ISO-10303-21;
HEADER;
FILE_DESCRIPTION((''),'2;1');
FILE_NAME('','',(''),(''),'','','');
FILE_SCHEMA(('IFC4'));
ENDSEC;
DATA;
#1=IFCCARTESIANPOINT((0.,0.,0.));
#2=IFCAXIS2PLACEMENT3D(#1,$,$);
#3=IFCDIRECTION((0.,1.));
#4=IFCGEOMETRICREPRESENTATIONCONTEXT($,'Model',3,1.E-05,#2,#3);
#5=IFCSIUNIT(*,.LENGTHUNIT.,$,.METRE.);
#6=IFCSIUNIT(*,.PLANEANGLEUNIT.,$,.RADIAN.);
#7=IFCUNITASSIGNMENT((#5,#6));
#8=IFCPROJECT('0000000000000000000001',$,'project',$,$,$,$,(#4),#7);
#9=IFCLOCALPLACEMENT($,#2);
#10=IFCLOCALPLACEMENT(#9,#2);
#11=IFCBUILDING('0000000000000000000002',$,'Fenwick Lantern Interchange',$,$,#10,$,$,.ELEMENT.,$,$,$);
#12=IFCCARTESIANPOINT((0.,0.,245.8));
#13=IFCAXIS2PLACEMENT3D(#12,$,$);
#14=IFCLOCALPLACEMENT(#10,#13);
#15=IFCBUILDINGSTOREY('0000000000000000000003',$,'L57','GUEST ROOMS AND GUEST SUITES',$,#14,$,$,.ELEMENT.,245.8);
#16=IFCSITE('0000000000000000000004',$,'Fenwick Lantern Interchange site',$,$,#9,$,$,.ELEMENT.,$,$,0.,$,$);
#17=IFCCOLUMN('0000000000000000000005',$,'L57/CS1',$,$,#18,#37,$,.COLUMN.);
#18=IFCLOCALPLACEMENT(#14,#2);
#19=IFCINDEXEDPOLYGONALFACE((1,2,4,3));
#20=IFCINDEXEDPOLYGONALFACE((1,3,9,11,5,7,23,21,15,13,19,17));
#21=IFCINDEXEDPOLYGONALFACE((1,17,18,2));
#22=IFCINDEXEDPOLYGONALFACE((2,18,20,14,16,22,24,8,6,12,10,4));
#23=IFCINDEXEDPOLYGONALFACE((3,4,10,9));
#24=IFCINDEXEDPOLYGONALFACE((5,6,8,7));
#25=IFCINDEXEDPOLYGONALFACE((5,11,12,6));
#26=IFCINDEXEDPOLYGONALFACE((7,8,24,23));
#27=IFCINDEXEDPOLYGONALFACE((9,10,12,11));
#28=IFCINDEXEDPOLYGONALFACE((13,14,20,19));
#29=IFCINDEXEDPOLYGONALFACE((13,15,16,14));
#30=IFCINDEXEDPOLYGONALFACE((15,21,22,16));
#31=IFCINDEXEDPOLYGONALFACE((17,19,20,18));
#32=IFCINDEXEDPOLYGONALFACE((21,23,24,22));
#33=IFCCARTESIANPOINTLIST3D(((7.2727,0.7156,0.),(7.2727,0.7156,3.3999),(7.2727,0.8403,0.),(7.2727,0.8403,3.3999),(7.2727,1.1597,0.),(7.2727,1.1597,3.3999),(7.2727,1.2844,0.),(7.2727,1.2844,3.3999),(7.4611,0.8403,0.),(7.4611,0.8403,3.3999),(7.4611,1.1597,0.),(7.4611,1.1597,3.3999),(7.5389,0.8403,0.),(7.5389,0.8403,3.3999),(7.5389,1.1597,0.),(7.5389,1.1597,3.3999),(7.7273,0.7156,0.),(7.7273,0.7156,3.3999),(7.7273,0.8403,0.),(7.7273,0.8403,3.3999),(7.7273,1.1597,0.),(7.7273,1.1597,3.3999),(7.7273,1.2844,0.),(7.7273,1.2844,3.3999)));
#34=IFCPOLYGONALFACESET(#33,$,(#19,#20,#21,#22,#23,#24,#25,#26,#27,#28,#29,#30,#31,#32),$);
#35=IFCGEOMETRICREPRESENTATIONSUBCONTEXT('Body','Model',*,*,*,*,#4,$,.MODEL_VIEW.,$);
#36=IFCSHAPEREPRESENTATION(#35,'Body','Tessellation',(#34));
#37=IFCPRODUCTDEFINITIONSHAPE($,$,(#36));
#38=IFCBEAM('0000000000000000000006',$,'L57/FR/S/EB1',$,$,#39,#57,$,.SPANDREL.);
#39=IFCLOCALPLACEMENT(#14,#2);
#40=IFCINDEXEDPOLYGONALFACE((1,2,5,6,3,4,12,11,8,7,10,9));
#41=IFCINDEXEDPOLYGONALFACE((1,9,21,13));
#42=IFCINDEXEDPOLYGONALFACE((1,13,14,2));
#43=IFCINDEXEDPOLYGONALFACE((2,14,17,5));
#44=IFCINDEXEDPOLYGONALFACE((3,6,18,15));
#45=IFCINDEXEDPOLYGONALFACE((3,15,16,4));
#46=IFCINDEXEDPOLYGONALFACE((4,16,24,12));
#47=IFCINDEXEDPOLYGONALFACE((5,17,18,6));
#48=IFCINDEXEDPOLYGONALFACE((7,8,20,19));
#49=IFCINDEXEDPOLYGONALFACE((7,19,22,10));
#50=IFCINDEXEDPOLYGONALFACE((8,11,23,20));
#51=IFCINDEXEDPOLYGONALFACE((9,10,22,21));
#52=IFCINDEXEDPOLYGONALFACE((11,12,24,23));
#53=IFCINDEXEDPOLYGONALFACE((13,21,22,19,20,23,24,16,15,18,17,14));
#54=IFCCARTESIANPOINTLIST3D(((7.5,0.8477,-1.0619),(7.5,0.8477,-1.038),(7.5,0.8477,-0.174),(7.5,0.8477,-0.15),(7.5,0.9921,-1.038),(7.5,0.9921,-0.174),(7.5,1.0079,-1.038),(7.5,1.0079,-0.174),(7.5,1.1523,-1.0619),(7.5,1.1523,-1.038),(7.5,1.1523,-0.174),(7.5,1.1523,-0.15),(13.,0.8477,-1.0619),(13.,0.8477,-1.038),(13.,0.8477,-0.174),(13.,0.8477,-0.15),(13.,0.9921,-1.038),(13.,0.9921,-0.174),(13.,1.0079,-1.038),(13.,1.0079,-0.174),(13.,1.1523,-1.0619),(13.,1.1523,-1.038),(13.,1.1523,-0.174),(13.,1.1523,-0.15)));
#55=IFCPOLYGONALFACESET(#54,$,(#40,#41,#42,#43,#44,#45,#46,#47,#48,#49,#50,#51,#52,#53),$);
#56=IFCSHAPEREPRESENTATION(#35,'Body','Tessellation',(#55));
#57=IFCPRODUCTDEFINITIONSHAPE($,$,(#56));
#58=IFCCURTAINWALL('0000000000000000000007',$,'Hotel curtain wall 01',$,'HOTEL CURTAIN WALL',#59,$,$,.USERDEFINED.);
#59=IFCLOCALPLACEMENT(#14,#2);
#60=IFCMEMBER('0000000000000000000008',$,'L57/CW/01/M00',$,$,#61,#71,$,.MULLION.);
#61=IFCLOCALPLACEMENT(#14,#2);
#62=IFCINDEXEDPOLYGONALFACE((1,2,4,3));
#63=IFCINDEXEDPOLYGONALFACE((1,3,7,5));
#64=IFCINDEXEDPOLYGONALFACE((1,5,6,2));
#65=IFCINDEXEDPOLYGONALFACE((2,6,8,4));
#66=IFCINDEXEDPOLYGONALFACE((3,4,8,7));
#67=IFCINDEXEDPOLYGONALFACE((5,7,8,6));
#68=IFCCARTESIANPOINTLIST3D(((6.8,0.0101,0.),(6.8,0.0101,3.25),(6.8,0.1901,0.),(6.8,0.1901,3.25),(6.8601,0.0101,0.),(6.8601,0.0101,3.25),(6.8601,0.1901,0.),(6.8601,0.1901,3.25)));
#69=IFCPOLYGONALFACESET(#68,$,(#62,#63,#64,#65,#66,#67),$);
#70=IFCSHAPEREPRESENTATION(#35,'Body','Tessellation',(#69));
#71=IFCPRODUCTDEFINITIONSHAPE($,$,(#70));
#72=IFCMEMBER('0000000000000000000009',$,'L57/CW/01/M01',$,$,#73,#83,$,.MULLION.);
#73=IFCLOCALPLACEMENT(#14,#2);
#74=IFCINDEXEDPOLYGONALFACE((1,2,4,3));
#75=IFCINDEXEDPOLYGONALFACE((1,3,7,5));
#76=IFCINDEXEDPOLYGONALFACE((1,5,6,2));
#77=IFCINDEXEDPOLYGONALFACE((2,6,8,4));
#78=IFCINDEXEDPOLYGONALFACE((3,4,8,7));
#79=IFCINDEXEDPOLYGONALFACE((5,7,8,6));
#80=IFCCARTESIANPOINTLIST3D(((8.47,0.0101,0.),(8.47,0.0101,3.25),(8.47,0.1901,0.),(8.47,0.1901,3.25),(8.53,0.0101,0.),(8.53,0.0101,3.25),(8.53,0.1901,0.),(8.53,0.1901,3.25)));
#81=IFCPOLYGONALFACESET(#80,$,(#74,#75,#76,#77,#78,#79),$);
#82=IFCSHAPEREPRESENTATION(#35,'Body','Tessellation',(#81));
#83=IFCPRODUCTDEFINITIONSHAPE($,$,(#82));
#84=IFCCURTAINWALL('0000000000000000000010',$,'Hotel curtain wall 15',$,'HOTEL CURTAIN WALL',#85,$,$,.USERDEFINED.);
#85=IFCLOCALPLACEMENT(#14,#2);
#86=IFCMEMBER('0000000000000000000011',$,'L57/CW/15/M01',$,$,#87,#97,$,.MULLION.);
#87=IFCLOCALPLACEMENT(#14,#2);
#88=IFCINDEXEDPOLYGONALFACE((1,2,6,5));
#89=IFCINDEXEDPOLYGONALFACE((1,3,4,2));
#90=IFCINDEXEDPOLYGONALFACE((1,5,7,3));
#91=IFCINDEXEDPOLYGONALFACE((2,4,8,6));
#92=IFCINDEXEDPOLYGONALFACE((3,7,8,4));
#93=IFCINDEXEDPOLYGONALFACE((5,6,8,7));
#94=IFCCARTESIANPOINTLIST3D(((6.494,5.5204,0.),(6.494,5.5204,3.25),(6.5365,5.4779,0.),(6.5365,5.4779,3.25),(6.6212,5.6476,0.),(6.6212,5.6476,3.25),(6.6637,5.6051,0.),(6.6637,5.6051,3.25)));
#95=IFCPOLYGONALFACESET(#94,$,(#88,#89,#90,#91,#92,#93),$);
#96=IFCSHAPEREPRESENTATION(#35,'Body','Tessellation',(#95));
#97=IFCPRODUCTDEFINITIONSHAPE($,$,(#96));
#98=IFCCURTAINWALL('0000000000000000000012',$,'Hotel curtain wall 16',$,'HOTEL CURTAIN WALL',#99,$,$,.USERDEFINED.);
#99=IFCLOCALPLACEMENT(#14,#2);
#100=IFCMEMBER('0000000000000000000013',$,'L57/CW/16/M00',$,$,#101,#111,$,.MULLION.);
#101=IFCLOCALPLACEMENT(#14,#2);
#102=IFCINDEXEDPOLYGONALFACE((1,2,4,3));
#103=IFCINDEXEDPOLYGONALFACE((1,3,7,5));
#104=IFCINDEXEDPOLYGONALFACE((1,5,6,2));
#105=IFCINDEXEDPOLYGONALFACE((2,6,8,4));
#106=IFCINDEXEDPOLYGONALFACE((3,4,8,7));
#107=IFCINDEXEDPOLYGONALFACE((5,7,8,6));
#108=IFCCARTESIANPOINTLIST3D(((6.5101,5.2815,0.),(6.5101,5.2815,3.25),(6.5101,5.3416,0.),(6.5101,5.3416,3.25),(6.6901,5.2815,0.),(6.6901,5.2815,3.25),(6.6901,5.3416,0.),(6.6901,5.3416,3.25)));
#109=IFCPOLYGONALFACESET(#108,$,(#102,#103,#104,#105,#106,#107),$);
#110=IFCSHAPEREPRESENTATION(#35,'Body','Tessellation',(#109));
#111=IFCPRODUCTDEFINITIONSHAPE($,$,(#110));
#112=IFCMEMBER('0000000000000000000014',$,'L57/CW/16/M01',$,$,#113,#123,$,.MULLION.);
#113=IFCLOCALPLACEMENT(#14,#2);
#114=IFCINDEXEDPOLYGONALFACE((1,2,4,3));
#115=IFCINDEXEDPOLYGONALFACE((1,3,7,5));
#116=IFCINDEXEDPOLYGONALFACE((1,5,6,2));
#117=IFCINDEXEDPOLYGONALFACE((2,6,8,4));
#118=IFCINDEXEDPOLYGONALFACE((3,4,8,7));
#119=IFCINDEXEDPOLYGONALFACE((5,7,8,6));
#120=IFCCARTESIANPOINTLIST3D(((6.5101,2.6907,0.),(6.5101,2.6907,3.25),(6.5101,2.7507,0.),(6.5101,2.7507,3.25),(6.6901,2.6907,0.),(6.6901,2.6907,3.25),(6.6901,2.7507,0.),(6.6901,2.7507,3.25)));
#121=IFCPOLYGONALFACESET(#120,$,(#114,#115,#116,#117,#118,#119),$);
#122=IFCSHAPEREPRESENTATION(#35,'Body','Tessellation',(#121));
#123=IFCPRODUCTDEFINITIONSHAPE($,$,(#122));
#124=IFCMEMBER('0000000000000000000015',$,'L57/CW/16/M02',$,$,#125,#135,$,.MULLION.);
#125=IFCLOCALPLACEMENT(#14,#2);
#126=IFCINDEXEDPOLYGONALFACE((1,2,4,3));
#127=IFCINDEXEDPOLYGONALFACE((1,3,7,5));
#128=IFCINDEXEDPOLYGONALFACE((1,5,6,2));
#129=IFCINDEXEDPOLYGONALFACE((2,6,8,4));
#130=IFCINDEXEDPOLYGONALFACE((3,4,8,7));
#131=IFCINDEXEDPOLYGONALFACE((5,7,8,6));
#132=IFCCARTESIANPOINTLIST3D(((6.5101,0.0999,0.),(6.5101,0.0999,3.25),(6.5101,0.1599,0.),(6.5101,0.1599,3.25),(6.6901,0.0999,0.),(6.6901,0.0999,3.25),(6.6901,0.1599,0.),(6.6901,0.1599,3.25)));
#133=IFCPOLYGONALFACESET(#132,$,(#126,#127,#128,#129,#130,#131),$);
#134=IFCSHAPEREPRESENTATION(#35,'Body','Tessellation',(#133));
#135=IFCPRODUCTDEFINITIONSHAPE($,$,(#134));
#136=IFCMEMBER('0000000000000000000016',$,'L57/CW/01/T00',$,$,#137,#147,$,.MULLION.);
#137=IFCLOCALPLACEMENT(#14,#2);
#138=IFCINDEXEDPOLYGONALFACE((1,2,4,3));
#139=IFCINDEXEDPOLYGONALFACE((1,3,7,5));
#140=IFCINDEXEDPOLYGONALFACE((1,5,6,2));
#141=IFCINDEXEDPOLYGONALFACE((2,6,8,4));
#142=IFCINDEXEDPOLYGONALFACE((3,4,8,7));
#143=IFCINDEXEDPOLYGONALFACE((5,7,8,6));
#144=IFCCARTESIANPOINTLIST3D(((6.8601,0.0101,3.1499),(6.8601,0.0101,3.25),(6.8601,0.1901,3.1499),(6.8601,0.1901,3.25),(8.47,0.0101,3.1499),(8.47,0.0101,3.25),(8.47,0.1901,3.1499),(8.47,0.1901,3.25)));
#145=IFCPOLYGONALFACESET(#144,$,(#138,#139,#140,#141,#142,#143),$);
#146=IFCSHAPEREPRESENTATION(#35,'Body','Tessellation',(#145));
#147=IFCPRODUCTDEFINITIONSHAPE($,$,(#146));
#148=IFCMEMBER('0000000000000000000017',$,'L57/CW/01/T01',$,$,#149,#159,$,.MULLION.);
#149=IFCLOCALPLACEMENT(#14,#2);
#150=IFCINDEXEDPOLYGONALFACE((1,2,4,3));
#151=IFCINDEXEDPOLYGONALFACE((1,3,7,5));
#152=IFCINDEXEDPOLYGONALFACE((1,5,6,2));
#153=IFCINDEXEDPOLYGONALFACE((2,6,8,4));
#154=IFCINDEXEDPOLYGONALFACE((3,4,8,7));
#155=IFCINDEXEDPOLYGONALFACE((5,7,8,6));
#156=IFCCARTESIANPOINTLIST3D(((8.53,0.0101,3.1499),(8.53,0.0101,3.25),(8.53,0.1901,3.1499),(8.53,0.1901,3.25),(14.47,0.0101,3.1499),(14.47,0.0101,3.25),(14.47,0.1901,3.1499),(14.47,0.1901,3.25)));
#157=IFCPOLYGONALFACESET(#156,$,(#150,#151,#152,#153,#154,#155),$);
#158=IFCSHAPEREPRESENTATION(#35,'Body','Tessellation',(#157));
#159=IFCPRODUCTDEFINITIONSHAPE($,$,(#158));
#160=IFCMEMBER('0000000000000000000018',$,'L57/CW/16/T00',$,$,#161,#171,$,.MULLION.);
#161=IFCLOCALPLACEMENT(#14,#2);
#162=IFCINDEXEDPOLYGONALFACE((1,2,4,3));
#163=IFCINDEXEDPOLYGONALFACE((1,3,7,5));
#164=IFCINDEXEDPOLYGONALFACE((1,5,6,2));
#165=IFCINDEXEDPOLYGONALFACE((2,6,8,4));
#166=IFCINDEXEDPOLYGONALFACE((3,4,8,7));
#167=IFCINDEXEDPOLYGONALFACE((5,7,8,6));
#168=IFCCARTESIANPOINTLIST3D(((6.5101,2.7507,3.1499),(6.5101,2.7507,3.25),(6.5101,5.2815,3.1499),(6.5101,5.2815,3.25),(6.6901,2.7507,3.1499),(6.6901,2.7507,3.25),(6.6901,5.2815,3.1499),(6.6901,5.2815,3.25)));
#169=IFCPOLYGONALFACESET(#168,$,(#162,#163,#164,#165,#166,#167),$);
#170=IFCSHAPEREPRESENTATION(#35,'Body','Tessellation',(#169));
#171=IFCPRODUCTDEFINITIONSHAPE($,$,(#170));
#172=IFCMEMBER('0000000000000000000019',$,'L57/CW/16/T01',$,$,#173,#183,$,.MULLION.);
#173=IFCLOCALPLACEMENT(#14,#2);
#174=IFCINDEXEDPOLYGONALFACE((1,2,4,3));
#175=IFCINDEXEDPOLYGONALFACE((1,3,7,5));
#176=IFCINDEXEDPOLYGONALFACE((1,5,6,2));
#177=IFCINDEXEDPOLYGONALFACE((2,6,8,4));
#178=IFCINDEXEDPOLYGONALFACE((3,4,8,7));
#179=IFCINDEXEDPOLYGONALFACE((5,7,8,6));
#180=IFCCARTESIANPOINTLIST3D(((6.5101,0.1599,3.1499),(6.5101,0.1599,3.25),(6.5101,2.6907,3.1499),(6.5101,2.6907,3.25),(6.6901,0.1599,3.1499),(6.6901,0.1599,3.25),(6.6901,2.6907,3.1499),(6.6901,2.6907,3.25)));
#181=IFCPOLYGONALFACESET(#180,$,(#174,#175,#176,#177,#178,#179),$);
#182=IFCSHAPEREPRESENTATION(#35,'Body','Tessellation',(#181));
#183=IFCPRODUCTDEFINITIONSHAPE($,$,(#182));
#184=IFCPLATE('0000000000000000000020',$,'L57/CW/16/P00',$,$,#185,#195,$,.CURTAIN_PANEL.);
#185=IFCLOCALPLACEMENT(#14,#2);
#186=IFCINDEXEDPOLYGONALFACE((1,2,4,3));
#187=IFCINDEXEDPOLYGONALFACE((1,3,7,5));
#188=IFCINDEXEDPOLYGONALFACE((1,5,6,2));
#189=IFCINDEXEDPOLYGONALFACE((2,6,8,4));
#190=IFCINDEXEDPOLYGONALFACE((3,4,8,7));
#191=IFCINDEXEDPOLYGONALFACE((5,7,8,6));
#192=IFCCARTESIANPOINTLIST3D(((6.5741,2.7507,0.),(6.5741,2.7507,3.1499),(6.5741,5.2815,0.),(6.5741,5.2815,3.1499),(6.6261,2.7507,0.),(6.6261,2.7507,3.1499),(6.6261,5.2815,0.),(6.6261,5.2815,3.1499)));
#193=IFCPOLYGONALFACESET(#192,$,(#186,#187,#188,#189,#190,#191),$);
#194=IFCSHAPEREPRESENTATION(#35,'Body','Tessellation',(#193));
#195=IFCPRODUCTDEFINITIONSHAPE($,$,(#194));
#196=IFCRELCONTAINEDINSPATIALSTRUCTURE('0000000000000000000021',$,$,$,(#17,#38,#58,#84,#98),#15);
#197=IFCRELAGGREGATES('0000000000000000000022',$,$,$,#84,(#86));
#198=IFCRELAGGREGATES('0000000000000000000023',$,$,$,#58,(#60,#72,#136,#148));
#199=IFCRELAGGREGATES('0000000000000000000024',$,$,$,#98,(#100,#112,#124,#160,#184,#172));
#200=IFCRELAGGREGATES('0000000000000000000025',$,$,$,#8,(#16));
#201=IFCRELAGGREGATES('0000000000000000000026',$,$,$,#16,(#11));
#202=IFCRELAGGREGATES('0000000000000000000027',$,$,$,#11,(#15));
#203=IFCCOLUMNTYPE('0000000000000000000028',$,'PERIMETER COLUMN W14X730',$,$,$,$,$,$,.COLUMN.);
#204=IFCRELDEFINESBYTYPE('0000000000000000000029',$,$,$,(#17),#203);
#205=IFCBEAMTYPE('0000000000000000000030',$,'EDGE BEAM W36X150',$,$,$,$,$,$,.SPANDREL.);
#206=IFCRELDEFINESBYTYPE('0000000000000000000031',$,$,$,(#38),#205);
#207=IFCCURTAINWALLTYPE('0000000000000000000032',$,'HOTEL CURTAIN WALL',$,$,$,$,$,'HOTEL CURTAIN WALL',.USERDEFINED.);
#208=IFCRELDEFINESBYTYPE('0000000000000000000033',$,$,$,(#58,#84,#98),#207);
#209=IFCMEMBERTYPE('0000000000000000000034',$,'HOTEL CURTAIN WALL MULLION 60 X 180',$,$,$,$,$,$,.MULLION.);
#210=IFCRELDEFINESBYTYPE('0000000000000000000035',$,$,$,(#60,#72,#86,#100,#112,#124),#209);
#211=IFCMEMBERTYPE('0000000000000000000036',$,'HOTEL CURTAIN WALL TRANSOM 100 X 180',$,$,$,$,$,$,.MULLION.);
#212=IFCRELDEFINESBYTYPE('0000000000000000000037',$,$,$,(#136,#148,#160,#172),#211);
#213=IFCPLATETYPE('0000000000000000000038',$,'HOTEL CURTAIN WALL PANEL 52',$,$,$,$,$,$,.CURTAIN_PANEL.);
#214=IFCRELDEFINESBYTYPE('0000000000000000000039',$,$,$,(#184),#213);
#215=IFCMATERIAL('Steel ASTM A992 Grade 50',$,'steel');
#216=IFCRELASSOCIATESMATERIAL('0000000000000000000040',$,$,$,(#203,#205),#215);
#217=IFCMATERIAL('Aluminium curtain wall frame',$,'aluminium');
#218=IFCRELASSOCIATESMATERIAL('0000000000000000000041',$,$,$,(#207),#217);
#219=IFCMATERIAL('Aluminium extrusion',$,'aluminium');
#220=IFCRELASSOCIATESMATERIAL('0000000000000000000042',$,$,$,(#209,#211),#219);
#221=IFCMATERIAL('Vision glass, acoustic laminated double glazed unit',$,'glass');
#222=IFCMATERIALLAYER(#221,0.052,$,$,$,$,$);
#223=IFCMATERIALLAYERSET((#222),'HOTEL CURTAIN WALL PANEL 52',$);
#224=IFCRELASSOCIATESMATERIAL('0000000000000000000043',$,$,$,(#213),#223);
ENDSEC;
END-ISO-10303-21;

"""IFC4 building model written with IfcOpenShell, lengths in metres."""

from ifc_helpers import new_model, si_unit, direction, frame, origin, origin_2d, place, context, subcontext, project, spatial, rectangle, i_section, extrude, material, layer, layer_set, material_profile, profile_set, type_object, element, aggregate, save


model = new_model("IFC4")

# Units and contexts
model_context = context("Model", 3, precision=1e-05, world=origin(), true_north=direction((0.0, 1.0)))
body_context = subcontext(model_context, "Body", "Model", "MODEL_VIEW")
ifc_project = project(units=[si_unit("LENGTHUNIT", "METRE"), si_unit("PLANEANGLEUNIT", "RADIAN")], contexts=[model_context])

# Site, building, storey
site_placement = place(None, origin())
site = spatial("IfcSite", under=ifc_project, at=site_placement, Name="Fenwick Lantern Interchange site", CompositionType="ELEMENT", RefElevation=0.0)
building_placement = place(site_placement, origin())
building = spatial("IfcBuilding", under=site, at=building_placement, Name="Fenwick Lantern Interchange", CompositionType="ELEMENT")
storey_placement = place(building_placement, frame((0.0, 0.0, 245.8)))
storey = spatial("IfcBuildingStorey", under=building, at=storey_placement, Name="L57", Description="GUEST ROOMS AND GUEST SUITES", CompositionType="ELEMENT", Elevation=245.8)

# Column
ifc_material_1 = material(Name="Steel ASTM A992 Grade 50", Category="steel")
ifc_material_profile_1 = material_profile(ifc_material_1, i_section(OverallWidth=0.4546, OverallDepth=0.5688, WebThickness=0.0779, FlangeThickness=0.1248, at=origin_2d()), Name="W14X730")
ifc_profile_set_1 = profile_set([ifc_material_profile_1], Name="Steel ASTM A992 Grade 50")
column_type = type_object("IfcColumnType", Name="PERIMETER COLUMN W14X730", PredefinedType="COLUMN", material=ifc_profile_set_1)
column_placement = place(storey_placement, frame((7.5, 1.0, 0.0), z_axis=(0.0, 0.0, 1.0), x_axis=(1.0, 0.0, 0.0)))
element("IfcColumn", 1, at=column_placement, inside=storey, type_object=column_type, Name="L57/CS1", PredefinedType="COLUMN", context=body_context, shape_type="SweptSolid", body=[
    extrude(i_section(OverallWidth=0.4546, OverallDepth=0.5688, WebThickness=0.0779, FlangeThickness=0.1248, at=origin_2d()), origin(), (0.0, 0.0, 1.0), 3.3999),
])

# Beam
ifc_material_profile_2 = material_profile(ifc_material_1, i_section(OverallWidth=0.3047, OverallDepth=0.9119, WebThickness=0.0159, FlangeThickness=0.0239, at=origin_2d()), Name="W36X150")
ifc_profile_set_2 = profile_set([ifc_material_profile_2], Name="Steel ASTM A992 Grade 50")
beam_type = type_object("IfcBeamType", Name="EDGE BEAM W36X150", PredefinedType="SPANDREL", material=ifc_profile_set_2)
beam_placement = place(storey_placement, frame((7.5, 1.0, -0.606), z_axis=(1.0, 0.0, 0.0), x_axis=(0.0, 1.0, 0.0)))
element("IfcBeam", 2, at=beam_placement, inside=storey, type_object=beam_type, Name="L57/FR/S/EB1", PredefinedType="SPANDREL", context=body_context, shape_type="SweptSolid", body=[
    extrude(i_section(OverallWidth=0.3047, OverallDepth=0.9119, WebThickness=0.0159, FlangeThickness=0.0239, at=origin_2d()), origin(), (0.0, 0.0, 1.0), 5.5),
])

# Curtain wall, members
ifc_material_2 = material(Name="Aluminium curtain wall frame", Category="aluminium")
curtain_wall_type = type_object("IfcCurtainWallType", Name="HOTEL CURTAIN WALL", ElementType="HOTEL CURTAIN WALL", PredefinedType="USERDEFINED", material=ifc_material_2)
curtain_wall_1_placement = place(storey_placement, origin())
curtain_wall_1 = element("IfcCurtainWall", 3, at=curtain_wall_1_placement, inside=storey, type_object=curtain_wall_type, Name="Hotel curtain wall 01", ObjectType="HOTEL CURTAIN WALL", PredefinedType="USERDEFINED")
ifc_material_3 = material(Name="Aluminium extrusion", Category="aluminium")
ifc_material_profile_3 = material_profile(ifc_material_3, rectangle(XDim=0.1799, YDim=0.0601, at=origin_2d()), Name="HOTEL CURTAIN WALL MULLION 60 X 180")
ifc_profile_set_3 = profile_set([ifc_material_profile_3], Name="Aluminium extrusion")
member_type_1 = type_object("IfcMemberType", Name="HOTEL CURTAIN WALL MULLION 60 X 180", PredefinedType="MULLION", material=ifc_profile_set_3)
member_1_placement = place(storey_placement, frame((6.8301, 0.1001, 0.0), z_axis=(0.0, 0.0, 1.0), x_axis=(0.0, 1.0, 0.0)))
member_1 = element("IfcMember", 4, at=member_1_placement, type_object=member_type_1, Name="L57/CW/01/M00", PredefinedType="MULLION", context=body_context, shape_type="SweptSolid", body=[
    extrude(rectangle(XDim=0.1799, YDim=0.0601, at=origin_2d()), origin(), (0.0, 0.0, 1.0), 3.25),
])
member_2_placement = place(storey_placement, frame((8.5, 0.1001, 0.0), z_axis=(0.0, 0.0, 1.0), x_axis=(0.0, 1.0, 0.0)))
member_2 = element("IfcMember", 5, at=member_2_placement, type_object=member_type_1, Name="L57/CW/01/M01", PredefinedType="MULLION", context=body_context, shape_type="SweptSolid", body=[
    extrude(rectangle(XDim=0.1799, YDim=0.0601, at=origin_2d()), origin(), (0.0, 0.0, 1.0), 3.25),
])

# Curtain wall, member
curtain_wall_2_placement = place(storey_placement, origin())
curtain_wall_2 = element("IfcCurtainWall", 6, at=curtain_wall_2_placement, inside=storey, type_object=curtain_wall_type, Name="Hotel curtain wall 15", ObjectType="HOTEL CURTAIN WALL", PredefinedType="USERDEFINED")
member_3_placement = place(storey_placement, frame((6.5789, 5.5627, 0.0), z_axis=(0.0, 0.0, 1.0), x_axis=(0.707107, 0.707107, 0.0)))
member_3 = element("IfcMember", 7, at=member_3_placement, type_object=member_type_1, Name="L57/CW/15/M01", PredefinedType="MULLION", context=body_context, shape_type="SweptSolid", body=[
    extrude(rectangle(XDim=0.1799, YDim=0.0601, at=origin_2d()), origin(), (0.0, 0.0, 1.0), 3.25),
])
aggregate(curtain_wall_2, [member_3])

# Curtain wall, members
curtain_wall_3_placement = place(storey_placement, origin())
curtain_wall_3 = element("IfcCurtainWall", 8, at=curtain_wall_3_placement, inside=storey, type_object=curtain_wall_type, Name="Hotel curtain wall 16", ObjectType="HOTEL CURTAIN WALL", PredefinedType="USERDEFINED")
member_4_placement = place(storey_placement, frame((6.6001, 5.3115, 0.0), z_axis=(0.0, 0.0, 1.0), x_axis=(1.0, 0.0, 0.0)))
member_4 = element("IfcMember", 9, at=member_4_placement, type_object=member_type_1, Name="L57/CW/16/M00", PredefinedType="MULLION", context=body_context, shape_type="SweptSolid", body=[
    extrude(rectangle(XDim=0.1799, YDim=0.0601, at=origin_2d()), origin(), (0.0, 0.0, 1.0), 3.25),
])
member_5_placement = place(storey_placement, frame((6.6001, 2.7207, 0.0), z_axis=(0.0, 0.0, 1.0), x_axis=(1.0, 0.0, 0.0)))
member_5 = element("IfcMember", 10, at=member_5_placement, type_object=member_type_1, Name="L57/CW/16/M01", PredefinedType="MULLION", context=body_context, shape_type="SweptSolid", body=[
    extrude(rectangle(XDim=0.1799, YDim=0.0601, at=origin_2d()), origin(), (0.0, 0.0, 1.0), 3.25),
])
member_6_placement = place(storey_placement, frame((6.6001, 0.1299, 0.0), z_axis=(0.0, 0.0, 1.0), x_axis=(1.0, 0.0, 0.0)))
member_6 = element("IfcMember", 11, at=member_6_placement, type_object=member_type_1, Name="L57/CW/16/M02", PredefinedType="MULLION", context=body_context, shape_type="SweptSolid", body=[
    extrude(rectangle(XDim=0.1799, YDim=0.0601, at=origin_2d()), origin(), (0.0, 0.0, 1.0), 3.25),
])

# Members
ifc_material_profile_4 = material_profile(ifc_material_3, rectangle(XDim=0.1799, YDim=0.1001, at=origin_2d()), Name="HOTEL CURTAIN WALL TRANSOM 100 X 180")
ifc_profile_set_4 = profile_set([ifc_material_profile_4], Name="Aluminium extrusion")
member_type_2 = type_object("IfcMemberType", Name="HOTEL CURTAIN WALL TRANSOM 100 X 180", PredefinedType="MULLION", material=ifc_profile_set_4)
member_7_placement = place(storey_placement, frame((6.8601, 0.1001, 3.2), z_axis=(1.0, 0.0, 0.0), x_axis=(0.0, 1.0, 0.0)))
member_7 = element("IfcMember", 12, at=member_7_placement, type_object=member_type_2, Name="L57/CW/01/T00", PredefinedType="MULLION", context=body_context, shape_type="SweptSolid", body=[
    extrude(rectangle(XDim=0.1799, YDim=0.1001, at=origin_2d()), origin(), (0.0, 0.0, 1.0), 1.6099),
])
member_8_placement = place(storey_placement, frame((8.53, 0.1001, 3.2), z_axis=(1.0, 0.0, 0.0), x_axis=(0.0, 1.0, 0.0)))
member_8 = element("IfcMember", 13, at=member_8_placement, type_object=member_type_2, Name="L57/CW/01/T01", PredefinedType="MULLION", context=body_context, shape_type="SweptSolid", body=[
    extrude(rectangle(XDim=0.1799, YDim=0.1001, at=origin_2d()), origin(), (0.0, 0.0, 1.0), 5.9399),
])
member_9_placement = place(storey_placement, frame((6.6001, 5.2815, 3.2), z_axis=(0.0, -1.0, 0.0), x_axis=(1.0, 0.0, 0.0)))
member_9 = element("IfcMember", 14, at=member_9_placement, type_object=member_type_2, Name="L57/CW/16/T00", PredefinedType="MULLION", context=body_context, shape_type="SweptSolid", body=[
    extrude(rectangle(XDim=0.1799, YDim=0.1001, at=origin_2d()), origin(), (0.0, 0.0, 1.0), 2.5308),
])
member_10_placement = place(storey_placement, frame((6.6001, 2.6907, 3.2), z_axis=(0.0, -1.0, 0.0), x_axis=(1.0, 0.0, 0.0)))
member_10 = element("IfcMember", 15, at=member_10_placement, type_object=member_type_2, Name="L57/CW/16/T01", PredefinedType="MULLION", context=body_context, shape_type="SweptSolid", body=[
    extrude(rectangle(XDim=0.1799, YDim=0.1001, at=origin_2d()), origin(), (0.0, 0.0, 1.0), 2.5308),
])

# Plate
ifc_material_4 = material(Name="Vision glass, acoustic laminated double glazed unit", Category="glass")
ifc_layer_1 = layer(ifc_material_4, 0.052)
ifc_layer_set_1 = layer_set([ifc_layer_1], Name="HOTEL CURTAIN WALL PANEL 52")
plate_type = type_object("IfcPlateType", Name="HOTEL CURTAIN WALL PANEL 52", PredefinedType="CURTAIN_PANEL", material=ifc_layer_set_1)
aggregate(curtain_wall_1, [member_1, member_2, member_7, member_8])
plate_1_placement = place(storey_placement, frame((6.6001, 4.0161, 0.0), z_axis=(0.0, 0.0, 1.0), x_axis=(0.0, -1.0, 0.0)))
plate_1 = element("IfcPlate", 16, at=plate_1_placement, type_object=plate_type, Name="L57/CW/16/P00", PredefinedType="CURTAIN_PANEL", context=body_context, shape_type="SweptSolid", body=[
    extrude(rectangle(XDim=2.5308, YDim=0.052, at=origin_2d()), origin(), (0.0, 0.0, 1.0), 3.1499),
])
aggregate(curtain_wall_3, [member_4, member_5, member_6, member_9, plate_1, member_10])

save(model, "model.ifc")
